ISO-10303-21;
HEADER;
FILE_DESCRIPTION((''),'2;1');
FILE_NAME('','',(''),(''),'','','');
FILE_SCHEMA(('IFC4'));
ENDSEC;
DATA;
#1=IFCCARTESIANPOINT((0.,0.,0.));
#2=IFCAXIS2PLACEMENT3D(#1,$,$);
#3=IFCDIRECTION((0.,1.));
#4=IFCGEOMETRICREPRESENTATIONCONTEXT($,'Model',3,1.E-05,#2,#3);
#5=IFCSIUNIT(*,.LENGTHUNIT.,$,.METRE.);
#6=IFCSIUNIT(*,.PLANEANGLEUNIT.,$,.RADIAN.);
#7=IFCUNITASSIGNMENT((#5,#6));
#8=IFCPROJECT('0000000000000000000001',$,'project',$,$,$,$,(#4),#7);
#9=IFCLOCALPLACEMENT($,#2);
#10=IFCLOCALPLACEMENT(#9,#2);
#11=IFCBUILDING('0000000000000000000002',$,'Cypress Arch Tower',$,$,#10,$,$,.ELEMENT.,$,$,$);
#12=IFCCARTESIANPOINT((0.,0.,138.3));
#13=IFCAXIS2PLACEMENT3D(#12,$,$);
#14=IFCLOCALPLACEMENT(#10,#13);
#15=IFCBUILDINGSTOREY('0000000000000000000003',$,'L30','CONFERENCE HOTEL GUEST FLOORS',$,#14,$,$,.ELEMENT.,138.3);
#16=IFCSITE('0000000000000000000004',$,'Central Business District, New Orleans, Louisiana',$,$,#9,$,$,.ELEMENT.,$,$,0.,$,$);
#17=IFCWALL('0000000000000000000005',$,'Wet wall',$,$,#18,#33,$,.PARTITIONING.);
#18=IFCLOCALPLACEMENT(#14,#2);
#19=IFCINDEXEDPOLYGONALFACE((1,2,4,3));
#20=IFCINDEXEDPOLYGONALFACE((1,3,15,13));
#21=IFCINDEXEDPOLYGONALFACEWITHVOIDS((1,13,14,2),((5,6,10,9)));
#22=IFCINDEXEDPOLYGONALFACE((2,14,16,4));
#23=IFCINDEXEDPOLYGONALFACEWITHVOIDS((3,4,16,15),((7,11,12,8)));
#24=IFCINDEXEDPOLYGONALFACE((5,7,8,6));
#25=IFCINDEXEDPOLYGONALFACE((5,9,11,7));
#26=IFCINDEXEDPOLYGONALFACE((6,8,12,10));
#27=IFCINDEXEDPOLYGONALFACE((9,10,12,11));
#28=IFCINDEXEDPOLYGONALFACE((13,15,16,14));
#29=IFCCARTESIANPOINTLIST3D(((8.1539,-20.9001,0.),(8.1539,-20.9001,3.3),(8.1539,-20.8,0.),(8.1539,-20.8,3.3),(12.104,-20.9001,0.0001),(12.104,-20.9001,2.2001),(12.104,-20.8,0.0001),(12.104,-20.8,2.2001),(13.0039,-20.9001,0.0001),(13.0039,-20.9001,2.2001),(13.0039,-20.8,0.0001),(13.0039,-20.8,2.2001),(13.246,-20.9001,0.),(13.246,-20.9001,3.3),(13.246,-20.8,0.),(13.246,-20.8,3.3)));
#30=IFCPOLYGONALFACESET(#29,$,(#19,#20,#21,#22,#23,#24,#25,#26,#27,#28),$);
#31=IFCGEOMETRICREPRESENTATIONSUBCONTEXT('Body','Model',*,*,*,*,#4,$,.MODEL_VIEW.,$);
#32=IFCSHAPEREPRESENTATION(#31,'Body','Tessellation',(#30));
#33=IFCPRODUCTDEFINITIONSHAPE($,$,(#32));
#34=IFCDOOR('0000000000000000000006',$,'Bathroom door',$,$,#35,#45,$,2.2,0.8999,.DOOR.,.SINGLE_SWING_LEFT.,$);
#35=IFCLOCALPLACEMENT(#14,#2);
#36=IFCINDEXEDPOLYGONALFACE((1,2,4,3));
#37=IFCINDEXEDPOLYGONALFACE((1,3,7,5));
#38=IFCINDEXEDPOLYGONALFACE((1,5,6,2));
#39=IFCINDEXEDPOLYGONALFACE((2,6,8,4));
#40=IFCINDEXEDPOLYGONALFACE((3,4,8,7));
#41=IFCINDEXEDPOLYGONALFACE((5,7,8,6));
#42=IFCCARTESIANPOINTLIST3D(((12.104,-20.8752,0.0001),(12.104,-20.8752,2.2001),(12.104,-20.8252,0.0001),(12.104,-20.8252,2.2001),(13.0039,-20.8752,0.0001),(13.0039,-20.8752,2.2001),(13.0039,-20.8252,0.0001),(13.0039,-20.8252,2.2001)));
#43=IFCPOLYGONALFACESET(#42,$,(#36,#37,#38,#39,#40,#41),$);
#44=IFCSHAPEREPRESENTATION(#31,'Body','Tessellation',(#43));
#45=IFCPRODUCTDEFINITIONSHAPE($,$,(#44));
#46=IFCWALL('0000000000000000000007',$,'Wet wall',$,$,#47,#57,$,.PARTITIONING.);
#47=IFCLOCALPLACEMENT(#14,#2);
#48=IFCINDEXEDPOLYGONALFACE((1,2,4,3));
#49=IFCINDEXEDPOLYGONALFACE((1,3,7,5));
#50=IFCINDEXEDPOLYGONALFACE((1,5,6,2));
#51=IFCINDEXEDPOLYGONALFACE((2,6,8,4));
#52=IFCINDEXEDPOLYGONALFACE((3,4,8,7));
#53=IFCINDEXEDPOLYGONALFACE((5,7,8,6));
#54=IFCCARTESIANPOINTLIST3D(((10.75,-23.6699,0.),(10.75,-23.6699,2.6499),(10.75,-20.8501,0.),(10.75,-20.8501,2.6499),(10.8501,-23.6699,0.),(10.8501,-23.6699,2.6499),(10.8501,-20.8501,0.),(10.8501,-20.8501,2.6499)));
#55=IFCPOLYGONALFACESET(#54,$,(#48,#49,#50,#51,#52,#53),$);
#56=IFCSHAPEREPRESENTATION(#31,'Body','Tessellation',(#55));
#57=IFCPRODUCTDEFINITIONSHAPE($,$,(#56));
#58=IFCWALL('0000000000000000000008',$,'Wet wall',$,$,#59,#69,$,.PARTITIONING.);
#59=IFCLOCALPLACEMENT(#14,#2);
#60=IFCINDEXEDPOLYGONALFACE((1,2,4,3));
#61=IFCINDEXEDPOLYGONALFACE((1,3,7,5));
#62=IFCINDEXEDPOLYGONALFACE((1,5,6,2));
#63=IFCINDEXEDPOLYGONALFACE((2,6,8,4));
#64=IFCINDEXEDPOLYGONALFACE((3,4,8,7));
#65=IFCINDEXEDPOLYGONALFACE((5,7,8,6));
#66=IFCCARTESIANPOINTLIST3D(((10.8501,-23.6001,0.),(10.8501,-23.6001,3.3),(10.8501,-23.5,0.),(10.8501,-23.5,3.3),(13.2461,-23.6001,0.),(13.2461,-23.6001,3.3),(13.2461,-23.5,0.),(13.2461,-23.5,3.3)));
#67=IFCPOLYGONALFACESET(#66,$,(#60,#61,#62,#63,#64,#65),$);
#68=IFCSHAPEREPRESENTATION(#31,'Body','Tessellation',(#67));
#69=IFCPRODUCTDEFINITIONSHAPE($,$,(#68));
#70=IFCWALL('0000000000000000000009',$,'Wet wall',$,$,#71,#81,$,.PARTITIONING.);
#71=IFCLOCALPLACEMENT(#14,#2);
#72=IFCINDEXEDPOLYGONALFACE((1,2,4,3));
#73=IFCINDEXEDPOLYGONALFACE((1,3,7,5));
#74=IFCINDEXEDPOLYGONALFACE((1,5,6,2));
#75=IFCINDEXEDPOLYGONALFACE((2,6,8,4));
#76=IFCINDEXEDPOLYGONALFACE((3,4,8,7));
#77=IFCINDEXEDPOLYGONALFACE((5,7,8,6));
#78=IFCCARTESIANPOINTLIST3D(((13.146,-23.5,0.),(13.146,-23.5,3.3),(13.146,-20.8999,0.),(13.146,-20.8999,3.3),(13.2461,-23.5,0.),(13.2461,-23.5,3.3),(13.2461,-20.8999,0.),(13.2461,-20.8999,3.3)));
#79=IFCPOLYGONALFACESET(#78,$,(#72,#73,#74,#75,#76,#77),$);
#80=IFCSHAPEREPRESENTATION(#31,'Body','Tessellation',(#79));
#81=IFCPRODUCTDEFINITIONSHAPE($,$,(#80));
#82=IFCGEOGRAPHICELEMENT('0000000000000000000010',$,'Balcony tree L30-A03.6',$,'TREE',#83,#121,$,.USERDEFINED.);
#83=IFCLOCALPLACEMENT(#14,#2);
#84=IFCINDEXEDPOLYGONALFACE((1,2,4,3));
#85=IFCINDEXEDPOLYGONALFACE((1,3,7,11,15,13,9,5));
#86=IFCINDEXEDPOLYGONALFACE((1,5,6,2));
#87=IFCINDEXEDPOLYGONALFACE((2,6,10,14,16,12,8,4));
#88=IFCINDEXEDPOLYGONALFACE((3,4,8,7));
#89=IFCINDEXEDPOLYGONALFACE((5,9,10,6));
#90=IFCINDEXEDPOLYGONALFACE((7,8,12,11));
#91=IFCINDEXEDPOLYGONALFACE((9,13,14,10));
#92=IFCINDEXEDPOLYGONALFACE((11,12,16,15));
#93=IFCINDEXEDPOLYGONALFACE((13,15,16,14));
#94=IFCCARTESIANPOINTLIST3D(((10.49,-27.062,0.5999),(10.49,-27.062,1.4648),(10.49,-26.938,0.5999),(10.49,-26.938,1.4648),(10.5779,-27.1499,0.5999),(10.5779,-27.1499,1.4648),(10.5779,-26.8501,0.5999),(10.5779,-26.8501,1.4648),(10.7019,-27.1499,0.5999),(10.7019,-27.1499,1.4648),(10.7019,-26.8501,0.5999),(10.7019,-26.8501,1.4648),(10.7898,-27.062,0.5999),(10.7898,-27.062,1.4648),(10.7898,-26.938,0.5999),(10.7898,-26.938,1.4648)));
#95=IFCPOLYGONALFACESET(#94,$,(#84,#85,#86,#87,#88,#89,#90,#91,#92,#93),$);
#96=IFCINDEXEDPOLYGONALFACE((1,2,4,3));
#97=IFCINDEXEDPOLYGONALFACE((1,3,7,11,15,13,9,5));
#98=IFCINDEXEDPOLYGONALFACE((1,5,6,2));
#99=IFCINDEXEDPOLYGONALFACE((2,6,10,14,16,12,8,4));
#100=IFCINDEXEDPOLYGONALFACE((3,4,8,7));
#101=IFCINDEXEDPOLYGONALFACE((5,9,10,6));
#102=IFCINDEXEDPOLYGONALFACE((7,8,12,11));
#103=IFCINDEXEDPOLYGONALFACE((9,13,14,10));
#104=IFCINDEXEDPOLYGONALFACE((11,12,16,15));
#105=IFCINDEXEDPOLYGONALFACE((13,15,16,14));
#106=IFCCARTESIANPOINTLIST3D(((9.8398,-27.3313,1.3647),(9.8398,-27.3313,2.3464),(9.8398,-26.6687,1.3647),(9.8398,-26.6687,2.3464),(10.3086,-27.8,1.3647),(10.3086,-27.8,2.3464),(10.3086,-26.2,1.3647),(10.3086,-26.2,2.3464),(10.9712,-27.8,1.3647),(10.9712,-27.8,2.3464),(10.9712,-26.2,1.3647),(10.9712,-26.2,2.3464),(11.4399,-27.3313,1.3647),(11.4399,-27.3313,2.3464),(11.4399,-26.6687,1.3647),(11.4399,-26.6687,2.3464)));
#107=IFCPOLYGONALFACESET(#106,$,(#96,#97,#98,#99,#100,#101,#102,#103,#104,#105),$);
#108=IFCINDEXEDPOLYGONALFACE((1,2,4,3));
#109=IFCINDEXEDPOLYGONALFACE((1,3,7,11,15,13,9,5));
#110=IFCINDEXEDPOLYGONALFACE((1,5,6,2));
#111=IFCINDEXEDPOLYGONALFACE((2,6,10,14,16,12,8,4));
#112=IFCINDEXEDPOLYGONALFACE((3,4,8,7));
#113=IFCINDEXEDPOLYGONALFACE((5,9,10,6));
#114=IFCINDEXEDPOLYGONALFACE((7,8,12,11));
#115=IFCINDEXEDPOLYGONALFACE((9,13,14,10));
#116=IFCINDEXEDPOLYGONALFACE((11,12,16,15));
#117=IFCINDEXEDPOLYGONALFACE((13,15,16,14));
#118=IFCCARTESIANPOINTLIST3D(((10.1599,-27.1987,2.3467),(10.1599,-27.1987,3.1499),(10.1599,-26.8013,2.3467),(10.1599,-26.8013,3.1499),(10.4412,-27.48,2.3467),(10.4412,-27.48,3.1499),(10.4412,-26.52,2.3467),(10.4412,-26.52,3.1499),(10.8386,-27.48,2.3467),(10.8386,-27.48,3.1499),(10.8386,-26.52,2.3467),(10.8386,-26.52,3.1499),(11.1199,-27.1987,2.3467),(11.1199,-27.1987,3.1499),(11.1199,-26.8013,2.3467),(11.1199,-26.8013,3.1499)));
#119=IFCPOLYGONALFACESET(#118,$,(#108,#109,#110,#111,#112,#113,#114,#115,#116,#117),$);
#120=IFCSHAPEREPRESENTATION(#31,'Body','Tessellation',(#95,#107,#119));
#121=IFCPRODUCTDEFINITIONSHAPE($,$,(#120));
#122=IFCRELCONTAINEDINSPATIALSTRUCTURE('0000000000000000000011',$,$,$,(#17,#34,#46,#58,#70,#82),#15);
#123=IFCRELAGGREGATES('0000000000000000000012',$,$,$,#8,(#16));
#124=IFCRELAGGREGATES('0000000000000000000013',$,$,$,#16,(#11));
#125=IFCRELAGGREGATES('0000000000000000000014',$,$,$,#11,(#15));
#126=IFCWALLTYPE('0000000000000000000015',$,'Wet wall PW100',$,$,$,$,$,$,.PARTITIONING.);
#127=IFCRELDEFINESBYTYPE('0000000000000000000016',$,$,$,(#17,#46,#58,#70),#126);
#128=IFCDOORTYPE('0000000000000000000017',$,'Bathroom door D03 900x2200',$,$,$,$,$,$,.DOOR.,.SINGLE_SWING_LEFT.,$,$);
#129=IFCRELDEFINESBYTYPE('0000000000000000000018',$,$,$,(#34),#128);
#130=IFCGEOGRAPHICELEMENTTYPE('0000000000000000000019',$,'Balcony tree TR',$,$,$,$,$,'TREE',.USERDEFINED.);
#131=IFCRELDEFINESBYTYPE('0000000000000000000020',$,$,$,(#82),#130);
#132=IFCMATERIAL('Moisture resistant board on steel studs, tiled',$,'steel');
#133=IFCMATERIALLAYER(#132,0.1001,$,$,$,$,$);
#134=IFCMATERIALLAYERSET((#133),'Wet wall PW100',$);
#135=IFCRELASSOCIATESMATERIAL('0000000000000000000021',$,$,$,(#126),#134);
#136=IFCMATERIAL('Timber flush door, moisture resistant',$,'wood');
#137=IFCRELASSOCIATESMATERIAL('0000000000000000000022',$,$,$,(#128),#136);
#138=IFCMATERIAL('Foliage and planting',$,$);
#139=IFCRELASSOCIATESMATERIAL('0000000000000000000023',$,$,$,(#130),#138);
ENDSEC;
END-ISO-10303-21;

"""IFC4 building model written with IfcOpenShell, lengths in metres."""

from ifc_helpers import new_model, si_unit, direction, frame, frame_2d, origin, place, context, subcontext, project, spatial, polyline, rectangle, outline, extrude, material, layer, layer_set, type_object, element, fill, save


model = new_model("IFC4")

# Units and contexts
model_context = context("Model", 3, precision=1e-05, world=origin(), true_north=direction((0.0, 1.0)))
body_context = subcontext(model_context, "Body", "Model", "MODEL_VIEW")
ifc_project = project(units=[si_unit("LENGTHUNIT", "METRE"), si_unit("PLANEANGLEUNIT", "RADIAN")], contexts=[model_context])

# Site, building, storey
site_placement = place(None, origin())
site = spatial("IfcSite", under=ifc_project, at=site_placement, Name="Central Business District, New Orleans, Louisiana", CompositionType="ELEMENT", RefElevation=0.0)
building_placement = place(site_placement, origin())
building = spatial("IfcBuilding", under=site, at=building_placement, Name="Cypress Arch Tower", CompositionType="ELEMENT")
storey_placement = place(building_placement, frame((0.0, 0.0, 138.3)))
storey = spatial("IfcBuildingStorey", under=building, at=storey_placement, Name="L30", Description="CONFERENCE HOTEL GUEST FLOORS", CompositionType="ELEMENT", Elevation=138.3)

# Shared definitions
ifc_material_1 = material(Name="Moisture resistant board on steel studs, tiled", Category="steel")
ifc_layer_1 = layer(ifc_material_1, 0.1001)
ifc_layer_set_1 = layer_set([ifc_layer_1], Name="Wet wall PW100")
wall_type_1 = type_object("IfcWallType", Name="Wet wall PW100", PredefinedType="PARTITIONING", material=ifc_layer_set_1)
ifc_material_2 = material(Name="Timber flush door, moisture resistant", Category="wood")
door_type_1 = type_object("IfcDoorType", Name="Bathroom door D03 900x2200", OperationType="SINGLE_SWING_LEFT", PredefinedType="DOOR", material=ifc_material_2)

# Wall, opening, door
wall_1_placement = place(storey_placement, frame((8.1541, -20.8501, 0.0), z_axis=(0.0, 0.0, 1.0), x_axis=(1.0, 0.0, 0.0)))
wall_1 = element("IfcWall", 1, at=wall_1_placement, inside=storey, type_object=wall_type_1, Name="Wet wall", PredefinedType="PARTITIONING", context=body_context, shape_type="SweptSolid", body=[
    extrude(rectangle(XDim=5.092, YDim=0.1001, at=frame_2d((2.5459, 0.0))), origin(), (0.0, 0.0, 1.0), 3.3),
])
opening_1_placement = place(wall_1_placement, frame((3.95, 0.0, 0.0)))
opening_1 = element("IfcOpeningElement", 2, at=opening_1_placement, cuts=wall_1, PredefinedType="OPENING", context=body_context, shape_type="SweptSolid", body=[
    extrude(rectangle(XDim=0.8999, YDim=2.2, at=frame_2d((0.45, 1.1001))), frame((0.0, 0.0601, 0.0), z_axis=(0.0, -1.0, 0.0), x_axis=(1.0, 0.0, 0.0)), (0.0, 0.0, 1.0), 0.1201),
])
door_1_placement = place(opening_1_placement, origin())
door_1 = element("IfcDoor", 3, at=door_1_placement, inside=storey, type_object=door_type_1, Name="Bathroom door", OperationType="SINGLE_SWING_LEFT", OverallHeight=2.2, OverallWidth=0.8999, PredefinedType="DOOR", context=body_context, shape_type="SweptSolid", body=[
    extrude(rectangle(XDim=0.8999, YDim=2.2, at=frame_2d((0.45, 1.1001))), frame((0.0, 0.0249, 0.0), z_axis=(0.0, -1.0, 0.0), x_axis=(1.0, 0.0, 0.0)), (0.0, 0.0, 1.0), 0.05),
])
fill(opening_1, door_1)

# Walls
wall_2_placement = place(storey_placement, frame((10.8, -23.6699, 0.0), z_axis=(0.0, 0.0, 1.0), x_axis=(0.0, 1.0, 0.0)))
element("IfcWall", 4, at=wall_2_placement, inside=storey, type_object=wall_type_1, Name="Wet wall", PredefinedType="PARTITIONING", context=body_context, shape_type="SweptSolid", body=[
    extrude(rectangle(XDim=2.8198, YDim=0.1001, at=frame_2d((1.4099, 0.0))), origin(), (0.0, 0.0, 1.0), 2.6499),
])
wall_3_placement = place(storey_placement, frame((10.8501, -23.55, 0.0), z_axis=(0.0, 0.0, 1.0), x_axis=(1.0, 0.0, 0.0)))
element("IfcWall", 5, at=wall_3_placement, inside=storey, type_object=wall_type_1, Name="Wet wall", PredefinedType="PARTITIONING", context=body_context, shape_type="SweptSolid", body=[
    extrude(rectangle(XDim=2.396, YDim=0.1001, at=frame_2d((1.198, 0.0))), origin(), (0.0, 0.0, 1.0), 3.3),
])
wall_4_placement = place(storey_placement, frame((13.196, -23.5, 0.0), z_axis=(0.0, 0.0, 1.0), x_axis=(0.0, 1.0, 0.0)))
element("IfcWall", 6, at=wall_4_placement, inside=storey, type_object=wall_type_1, Name="Wet wall", PredefinedType="PARTITIONING", context=body_context, shape_type="SweptSolid", body=[
    extrude(rectangle(XDim=2.6001, YDim=0.1001, at=frame_2d((1.3, 0.0))), origin(), (0.0, 0.0, 1.0), 3.3),
])

# Geographic element
ifc_material_3 = material(Name="Foliage and planting")
geographic_element_type = type_object("IfcGeographicElementType", Name="Balcony tree TR", ElementType="TREE", PredefinedType="USERDEFINED", material=ifc_material_3)
geographic_element_placement = place(storey_placement, frame((10.6399, -27.0, 0.5999), z_axis=(0.0, 0.0, 1.0), x_axis=(1.0, 0.0, 0.0)))
element("IfcGeographicElement", 7, at=geographic_element_placement, inside=storey, type_object=geographic_element_type, Name="Balcony tree L30-A03.6", ObjectType="TREE", PredefinedType="USERDEFINED", context=body_context, shape_type="SweptSolid", body=[
    extrude(outline(polyline([(0.1499, 0.062), (0.062, 0.1499), (-0.062, 0.1499), (-0.1499, 0.062), (-0.1499, -0.062), (-0.062, -0.1499), (0.062, -0.1499), (0.1499, -0.062), (0.1499, 0.062)])), origin(), (0.0, 0.0, 1.0), 0.865),
    extrude(outline(polyline([(0.8, 0.3313), (0.3313, 0.8), (-0.3313, 0.8), (-0.8, 0.3313), (-0.8, -0.3313), (-0.3313, -0.8), (0.3313, -0.8), (0.8, -0.3313), (0.8, 0.3313)])), frame((0.0, 0.0, 0.7649)), (0.0, 0.0, 1.0), 0.9817),
    extrude(outline(polyline([(0.48, 0.1987), (0.1987, 0.48), (-0.1987, 0.48), (-0.48, 0.1987), (-0.48, -0.1987), (-0.1987, -0.48), (0.1987, -0.48), (0.48, -0.1987), (0.48, 0.1987)])), frame((0.0, 0.0, 1.7468)), (0.0, 0.0, 1.0), 0.8032),
])

save(model, "model.ifc")
